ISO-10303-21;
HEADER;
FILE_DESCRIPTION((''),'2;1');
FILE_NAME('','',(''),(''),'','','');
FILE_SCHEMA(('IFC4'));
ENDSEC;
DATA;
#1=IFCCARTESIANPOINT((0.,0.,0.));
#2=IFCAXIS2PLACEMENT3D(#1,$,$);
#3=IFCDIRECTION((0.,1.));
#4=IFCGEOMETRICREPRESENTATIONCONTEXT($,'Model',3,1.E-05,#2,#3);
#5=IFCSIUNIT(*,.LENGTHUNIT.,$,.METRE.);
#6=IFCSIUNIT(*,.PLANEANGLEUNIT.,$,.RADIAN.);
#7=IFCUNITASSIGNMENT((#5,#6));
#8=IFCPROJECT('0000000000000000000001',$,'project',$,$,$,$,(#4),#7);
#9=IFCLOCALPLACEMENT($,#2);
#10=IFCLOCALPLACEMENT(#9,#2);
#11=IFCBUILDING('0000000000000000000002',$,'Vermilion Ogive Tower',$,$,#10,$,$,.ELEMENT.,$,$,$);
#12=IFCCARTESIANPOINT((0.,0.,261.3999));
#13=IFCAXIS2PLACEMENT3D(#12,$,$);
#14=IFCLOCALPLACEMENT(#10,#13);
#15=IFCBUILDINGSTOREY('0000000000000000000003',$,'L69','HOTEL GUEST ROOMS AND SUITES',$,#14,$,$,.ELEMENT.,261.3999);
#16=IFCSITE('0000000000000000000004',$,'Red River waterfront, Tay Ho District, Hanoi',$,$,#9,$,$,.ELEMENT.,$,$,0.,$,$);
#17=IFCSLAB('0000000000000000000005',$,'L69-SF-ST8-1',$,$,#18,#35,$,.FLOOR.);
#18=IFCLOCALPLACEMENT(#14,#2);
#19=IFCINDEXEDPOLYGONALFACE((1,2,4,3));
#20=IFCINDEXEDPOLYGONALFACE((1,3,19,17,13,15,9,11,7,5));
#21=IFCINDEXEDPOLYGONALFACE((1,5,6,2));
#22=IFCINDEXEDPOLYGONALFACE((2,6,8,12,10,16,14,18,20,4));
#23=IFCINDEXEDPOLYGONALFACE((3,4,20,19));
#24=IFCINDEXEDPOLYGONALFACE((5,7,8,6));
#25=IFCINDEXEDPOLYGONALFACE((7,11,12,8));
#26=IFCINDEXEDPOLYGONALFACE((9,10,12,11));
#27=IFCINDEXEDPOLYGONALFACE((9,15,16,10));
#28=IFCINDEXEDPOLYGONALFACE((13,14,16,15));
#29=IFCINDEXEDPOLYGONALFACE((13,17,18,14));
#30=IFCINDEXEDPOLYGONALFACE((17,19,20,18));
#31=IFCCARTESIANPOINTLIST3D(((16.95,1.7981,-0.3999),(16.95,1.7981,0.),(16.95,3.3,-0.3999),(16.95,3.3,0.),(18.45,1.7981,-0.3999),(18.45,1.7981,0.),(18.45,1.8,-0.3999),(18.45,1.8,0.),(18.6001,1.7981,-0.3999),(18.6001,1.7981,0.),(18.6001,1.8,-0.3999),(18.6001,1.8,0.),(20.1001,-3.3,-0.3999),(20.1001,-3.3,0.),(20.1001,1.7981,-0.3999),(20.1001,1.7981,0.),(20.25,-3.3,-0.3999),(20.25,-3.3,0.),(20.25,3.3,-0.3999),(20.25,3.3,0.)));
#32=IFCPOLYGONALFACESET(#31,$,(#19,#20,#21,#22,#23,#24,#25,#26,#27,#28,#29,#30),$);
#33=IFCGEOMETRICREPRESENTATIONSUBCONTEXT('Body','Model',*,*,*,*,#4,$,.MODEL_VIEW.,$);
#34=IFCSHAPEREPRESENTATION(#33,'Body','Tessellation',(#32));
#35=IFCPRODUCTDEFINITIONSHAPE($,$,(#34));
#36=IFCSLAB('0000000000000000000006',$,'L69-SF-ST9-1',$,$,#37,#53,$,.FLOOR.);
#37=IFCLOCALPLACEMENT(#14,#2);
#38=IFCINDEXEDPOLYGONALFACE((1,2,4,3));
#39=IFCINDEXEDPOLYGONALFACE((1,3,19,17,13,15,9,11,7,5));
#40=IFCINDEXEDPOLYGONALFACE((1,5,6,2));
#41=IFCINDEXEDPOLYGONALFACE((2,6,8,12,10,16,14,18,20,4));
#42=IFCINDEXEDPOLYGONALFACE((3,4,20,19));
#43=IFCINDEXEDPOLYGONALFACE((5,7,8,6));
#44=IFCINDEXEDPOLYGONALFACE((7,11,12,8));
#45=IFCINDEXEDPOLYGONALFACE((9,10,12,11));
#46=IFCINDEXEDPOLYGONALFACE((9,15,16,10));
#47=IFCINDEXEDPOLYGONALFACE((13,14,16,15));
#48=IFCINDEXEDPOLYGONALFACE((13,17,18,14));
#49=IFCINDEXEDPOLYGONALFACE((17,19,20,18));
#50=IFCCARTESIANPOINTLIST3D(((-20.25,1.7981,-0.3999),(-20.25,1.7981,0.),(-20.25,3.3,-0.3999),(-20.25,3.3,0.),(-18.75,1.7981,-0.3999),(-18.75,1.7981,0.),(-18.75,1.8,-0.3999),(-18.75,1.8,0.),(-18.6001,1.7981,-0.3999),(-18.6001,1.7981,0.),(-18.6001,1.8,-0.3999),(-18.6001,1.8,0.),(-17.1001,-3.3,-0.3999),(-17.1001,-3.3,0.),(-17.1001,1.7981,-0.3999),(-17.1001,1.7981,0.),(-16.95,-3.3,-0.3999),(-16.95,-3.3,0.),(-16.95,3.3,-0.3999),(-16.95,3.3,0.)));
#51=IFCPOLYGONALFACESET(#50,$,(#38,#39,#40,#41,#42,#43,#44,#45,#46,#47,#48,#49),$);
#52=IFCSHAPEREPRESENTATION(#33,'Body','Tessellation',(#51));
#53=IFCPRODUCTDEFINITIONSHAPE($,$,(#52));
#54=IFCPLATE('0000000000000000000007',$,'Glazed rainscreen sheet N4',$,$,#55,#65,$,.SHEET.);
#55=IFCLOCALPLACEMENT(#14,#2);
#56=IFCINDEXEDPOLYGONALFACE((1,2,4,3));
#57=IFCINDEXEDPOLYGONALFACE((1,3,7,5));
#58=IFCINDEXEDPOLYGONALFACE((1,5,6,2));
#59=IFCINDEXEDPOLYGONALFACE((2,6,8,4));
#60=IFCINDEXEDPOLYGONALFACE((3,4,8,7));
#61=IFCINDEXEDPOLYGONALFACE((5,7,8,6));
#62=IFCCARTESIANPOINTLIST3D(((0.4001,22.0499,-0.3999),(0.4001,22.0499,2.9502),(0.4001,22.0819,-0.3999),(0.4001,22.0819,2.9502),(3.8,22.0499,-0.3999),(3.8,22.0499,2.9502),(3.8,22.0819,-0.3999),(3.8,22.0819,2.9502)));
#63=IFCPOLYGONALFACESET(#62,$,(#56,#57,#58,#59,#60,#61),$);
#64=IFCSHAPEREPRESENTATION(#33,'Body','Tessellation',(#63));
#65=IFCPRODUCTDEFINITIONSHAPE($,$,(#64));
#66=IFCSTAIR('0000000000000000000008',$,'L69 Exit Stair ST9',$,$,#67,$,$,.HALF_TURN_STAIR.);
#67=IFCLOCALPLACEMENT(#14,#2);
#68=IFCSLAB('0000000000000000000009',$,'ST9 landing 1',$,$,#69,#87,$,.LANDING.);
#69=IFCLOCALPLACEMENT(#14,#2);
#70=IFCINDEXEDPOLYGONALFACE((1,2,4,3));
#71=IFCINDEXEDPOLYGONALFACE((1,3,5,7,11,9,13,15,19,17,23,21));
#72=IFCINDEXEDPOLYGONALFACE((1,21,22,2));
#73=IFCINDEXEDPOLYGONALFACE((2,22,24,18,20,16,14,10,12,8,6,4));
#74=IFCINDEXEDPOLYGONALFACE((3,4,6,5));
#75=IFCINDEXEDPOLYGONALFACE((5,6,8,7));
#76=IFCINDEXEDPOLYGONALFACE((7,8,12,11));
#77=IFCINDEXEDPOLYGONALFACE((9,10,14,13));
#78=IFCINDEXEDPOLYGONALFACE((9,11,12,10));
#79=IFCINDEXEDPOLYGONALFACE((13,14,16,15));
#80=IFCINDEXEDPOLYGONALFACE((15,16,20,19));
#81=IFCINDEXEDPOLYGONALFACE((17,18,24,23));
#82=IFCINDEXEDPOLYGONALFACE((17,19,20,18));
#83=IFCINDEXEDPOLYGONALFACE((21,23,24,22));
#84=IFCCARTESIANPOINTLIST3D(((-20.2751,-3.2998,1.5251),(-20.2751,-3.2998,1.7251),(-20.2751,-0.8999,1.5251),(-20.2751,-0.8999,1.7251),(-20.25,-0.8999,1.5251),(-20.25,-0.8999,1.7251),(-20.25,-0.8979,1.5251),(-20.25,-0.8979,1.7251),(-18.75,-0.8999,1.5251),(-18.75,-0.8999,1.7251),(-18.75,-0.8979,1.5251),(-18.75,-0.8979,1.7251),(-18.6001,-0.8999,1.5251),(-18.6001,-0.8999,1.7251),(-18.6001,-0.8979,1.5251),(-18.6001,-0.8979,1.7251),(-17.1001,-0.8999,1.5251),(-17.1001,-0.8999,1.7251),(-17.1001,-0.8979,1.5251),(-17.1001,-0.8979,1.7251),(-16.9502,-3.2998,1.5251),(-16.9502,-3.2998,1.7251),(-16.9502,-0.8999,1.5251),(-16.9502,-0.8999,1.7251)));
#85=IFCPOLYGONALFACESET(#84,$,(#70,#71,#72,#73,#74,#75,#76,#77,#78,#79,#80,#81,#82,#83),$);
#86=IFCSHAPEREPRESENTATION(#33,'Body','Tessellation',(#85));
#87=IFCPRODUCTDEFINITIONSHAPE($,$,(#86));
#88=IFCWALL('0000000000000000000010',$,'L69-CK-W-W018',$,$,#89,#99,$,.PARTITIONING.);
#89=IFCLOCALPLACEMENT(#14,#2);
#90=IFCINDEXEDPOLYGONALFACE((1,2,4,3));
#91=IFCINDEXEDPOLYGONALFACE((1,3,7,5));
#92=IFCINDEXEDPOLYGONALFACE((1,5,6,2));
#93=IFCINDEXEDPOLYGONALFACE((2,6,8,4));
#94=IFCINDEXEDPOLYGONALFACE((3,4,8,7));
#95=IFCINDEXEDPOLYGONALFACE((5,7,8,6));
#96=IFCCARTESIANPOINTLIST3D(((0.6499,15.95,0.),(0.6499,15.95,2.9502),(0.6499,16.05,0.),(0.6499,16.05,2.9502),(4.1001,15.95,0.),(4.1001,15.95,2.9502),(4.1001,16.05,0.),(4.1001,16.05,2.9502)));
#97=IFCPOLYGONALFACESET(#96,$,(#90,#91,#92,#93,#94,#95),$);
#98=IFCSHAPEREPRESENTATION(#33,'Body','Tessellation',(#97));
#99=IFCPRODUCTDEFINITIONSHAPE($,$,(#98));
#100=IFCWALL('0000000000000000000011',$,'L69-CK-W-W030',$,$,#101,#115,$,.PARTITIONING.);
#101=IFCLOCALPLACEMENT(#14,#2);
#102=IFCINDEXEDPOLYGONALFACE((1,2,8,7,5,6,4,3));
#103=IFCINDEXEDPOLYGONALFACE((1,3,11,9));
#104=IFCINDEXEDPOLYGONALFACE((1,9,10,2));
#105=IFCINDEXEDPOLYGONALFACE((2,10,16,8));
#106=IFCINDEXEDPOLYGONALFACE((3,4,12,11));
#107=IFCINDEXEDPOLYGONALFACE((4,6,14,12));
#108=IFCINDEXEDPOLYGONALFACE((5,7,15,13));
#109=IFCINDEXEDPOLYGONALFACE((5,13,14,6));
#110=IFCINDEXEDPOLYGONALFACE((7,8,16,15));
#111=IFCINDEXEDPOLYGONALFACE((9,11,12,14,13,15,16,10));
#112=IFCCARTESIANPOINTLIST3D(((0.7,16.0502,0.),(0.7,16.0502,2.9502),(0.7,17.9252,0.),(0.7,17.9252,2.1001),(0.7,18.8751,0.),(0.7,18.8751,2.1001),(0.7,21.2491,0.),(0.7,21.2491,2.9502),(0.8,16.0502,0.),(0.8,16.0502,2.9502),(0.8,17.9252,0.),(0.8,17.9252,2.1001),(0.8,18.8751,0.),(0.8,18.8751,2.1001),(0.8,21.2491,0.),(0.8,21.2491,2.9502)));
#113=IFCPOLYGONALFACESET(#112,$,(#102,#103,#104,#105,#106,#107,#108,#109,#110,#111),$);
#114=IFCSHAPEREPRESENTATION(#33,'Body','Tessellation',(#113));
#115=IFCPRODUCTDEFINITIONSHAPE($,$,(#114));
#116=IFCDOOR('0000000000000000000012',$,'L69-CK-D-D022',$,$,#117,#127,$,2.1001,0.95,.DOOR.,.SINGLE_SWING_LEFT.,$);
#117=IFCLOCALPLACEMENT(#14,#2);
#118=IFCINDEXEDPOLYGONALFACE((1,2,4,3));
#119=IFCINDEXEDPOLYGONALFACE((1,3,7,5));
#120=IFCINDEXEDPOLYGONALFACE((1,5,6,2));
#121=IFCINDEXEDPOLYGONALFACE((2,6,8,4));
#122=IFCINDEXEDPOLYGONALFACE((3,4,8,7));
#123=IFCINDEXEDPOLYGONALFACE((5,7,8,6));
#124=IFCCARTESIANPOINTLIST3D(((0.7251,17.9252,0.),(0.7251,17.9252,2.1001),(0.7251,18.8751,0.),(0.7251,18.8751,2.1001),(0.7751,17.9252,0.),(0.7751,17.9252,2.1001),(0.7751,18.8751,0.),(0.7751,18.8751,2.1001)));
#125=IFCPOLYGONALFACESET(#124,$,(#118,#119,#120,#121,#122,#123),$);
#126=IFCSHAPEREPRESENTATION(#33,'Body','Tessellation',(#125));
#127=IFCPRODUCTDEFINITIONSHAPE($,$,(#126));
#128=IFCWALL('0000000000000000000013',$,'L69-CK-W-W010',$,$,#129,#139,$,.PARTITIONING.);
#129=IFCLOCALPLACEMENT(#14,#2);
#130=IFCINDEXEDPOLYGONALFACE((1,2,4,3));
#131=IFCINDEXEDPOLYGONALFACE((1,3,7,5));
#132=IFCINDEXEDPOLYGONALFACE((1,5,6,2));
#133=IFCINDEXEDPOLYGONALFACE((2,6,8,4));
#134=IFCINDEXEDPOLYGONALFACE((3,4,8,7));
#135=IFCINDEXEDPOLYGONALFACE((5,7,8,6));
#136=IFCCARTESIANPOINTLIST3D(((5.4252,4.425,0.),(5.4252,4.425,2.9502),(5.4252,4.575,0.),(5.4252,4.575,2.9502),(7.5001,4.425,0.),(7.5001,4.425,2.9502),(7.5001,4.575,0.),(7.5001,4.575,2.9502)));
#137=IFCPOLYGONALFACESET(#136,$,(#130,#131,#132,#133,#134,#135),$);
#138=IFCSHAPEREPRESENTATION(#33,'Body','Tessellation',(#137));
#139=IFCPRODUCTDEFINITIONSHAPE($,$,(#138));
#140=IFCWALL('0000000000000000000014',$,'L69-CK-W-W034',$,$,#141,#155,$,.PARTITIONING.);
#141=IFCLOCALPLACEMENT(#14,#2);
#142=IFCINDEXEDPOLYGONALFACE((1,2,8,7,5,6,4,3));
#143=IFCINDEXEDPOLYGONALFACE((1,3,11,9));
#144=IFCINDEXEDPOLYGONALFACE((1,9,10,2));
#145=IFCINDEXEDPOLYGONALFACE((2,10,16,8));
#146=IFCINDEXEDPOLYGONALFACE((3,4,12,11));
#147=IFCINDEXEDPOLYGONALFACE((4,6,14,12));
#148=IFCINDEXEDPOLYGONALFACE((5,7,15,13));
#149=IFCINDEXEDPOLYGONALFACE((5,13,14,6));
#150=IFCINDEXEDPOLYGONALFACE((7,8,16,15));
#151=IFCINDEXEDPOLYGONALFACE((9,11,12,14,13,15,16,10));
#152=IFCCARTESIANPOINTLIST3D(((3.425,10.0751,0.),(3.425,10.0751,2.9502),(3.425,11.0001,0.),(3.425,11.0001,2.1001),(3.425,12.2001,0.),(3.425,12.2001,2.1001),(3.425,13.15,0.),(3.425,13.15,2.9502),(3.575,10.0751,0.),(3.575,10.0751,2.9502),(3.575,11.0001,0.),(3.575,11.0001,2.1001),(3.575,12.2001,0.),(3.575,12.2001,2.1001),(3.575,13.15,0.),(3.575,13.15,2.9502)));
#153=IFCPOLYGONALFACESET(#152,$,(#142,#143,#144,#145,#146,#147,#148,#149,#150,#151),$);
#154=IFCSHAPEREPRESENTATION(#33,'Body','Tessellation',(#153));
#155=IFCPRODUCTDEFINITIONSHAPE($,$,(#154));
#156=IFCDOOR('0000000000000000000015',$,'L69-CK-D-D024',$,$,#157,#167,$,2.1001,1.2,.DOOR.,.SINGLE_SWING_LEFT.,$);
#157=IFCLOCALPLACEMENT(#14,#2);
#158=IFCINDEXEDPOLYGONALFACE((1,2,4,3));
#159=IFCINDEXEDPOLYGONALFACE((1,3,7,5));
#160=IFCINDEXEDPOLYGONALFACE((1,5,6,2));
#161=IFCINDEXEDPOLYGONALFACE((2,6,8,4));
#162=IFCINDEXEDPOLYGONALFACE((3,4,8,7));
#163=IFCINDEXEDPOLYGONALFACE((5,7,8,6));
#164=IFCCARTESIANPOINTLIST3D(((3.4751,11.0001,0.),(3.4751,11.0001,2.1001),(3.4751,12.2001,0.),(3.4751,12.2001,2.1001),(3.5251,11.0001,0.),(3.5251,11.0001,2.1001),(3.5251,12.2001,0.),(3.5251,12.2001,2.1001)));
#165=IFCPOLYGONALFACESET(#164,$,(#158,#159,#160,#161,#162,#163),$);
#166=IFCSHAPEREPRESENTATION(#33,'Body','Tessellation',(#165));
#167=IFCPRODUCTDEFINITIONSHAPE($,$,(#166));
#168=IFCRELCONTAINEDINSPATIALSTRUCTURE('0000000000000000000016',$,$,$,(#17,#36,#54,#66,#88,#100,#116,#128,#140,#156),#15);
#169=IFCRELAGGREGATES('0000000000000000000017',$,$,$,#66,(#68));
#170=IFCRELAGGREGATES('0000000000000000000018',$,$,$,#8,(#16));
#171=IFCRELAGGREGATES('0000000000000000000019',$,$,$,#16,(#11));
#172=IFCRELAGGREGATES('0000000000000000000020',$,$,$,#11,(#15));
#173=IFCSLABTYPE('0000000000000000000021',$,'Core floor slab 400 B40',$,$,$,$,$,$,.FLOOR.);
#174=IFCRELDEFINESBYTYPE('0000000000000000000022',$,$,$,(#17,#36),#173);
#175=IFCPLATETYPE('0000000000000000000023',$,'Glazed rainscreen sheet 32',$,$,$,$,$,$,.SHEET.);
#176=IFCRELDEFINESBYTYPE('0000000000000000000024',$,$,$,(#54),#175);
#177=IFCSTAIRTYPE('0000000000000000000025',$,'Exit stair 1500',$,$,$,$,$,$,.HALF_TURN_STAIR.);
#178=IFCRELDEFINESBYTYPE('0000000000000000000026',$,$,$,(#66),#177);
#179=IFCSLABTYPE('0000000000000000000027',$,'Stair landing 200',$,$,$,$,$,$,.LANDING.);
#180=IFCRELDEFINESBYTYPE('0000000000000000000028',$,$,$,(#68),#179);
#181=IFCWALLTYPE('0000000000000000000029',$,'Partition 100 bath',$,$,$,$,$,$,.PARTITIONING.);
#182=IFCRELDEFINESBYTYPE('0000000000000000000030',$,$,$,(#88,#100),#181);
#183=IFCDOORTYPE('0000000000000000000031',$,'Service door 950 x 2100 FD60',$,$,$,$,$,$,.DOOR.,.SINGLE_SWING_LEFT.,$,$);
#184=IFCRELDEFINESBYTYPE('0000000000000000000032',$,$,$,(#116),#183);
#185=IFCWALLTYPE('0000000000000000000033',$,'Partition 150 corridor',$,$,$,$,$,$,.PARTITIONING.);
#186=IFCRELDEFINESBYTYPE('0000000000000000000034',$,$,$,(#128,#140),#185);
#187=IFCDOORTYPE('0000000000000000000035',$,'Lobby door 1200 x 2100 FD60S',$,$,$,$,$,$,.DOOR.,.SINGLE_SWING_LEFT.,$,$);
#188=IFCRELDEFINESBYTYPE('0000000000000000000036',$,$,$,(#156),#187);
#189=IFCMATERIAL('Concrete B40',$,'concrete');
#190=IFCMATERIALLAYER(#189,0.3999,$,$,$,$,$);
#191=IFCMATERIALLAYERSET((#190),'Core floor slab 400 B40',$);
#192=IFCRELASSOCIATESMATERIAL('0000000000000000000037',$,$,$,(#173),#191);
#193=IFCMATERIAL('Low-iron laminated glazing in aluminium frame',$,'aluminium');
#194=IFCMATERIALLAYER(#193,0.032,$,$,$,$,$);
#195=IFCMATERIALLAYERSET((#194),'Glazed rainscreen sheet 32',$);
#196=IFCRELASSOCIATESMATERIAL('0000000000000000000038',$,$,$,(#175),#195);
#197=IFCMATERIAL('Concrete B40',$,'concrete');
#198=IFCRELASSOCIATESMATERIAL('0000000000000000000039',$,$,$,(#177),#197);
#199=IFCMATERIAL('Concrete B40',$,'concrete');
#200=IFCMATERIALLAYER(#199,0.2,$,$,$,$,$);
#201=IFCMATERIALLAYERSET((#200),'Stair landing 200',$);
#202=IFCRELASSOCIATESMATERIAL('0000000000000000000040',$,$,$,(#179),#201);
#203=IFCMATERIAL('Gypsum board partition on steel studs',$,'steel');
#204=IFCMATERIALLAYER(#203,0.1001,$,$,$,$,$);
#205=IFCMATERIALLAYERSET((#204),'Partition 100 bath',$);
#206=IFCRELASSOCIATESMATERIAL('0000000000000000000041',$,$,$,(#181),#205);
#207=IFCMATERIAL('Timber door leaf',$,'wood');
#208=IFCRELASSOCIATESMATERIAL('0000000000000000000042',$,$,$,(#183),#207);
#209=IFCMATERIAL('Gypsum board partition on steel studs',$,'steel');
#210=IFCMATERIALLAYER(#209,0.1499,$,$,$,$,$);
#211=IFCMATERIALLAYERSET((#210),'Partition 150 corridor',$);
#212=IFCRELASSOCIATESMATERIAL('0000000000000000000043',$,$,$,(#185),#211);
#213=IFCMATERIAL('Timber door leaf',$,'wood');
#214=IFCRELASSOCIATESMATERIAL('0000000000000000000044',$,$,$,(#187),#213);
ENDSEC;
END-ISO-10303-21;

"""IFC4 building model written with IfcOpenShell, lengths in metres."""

from ifc_helpers import new_model, si_unit, direction, frame, frame_2d, origin, origin_2d, place, context, subcontext, project, spatial, polyline, rectangle, outline, extrude, material, layer, layer_set, type_object, element, fill, aggregate, save


model = new_model("IFC4")

# Units and contexts
model_context = context("Model", 3, precision=1e-05, world=origin(), true_north=direction((0.0, 1.0)))
body_context = subcontext(model_context, "Body", "Model", "MODEL_VIEW")
ifc_project = project(units=[si_unit("LENGTHUNIT", "METRE"), si_unit("PLANEANGLEUNIT", "RADIAN")], contexts=[model_context])

# Site, building, storey
site_placement = place(None, origin())
site = spatial("IfcSite", under=ifc_project, at=site_placement, Name="Red River waterfront, Tay Ho District, Hanoi", CompositionType="ELEMENT", RefElevation=0.0)
building_placement = place(site_placement, origin())
building = spatial("IfcBuilding", under=site, at=building_placement, Name="Vermilion Ogive Tower", CompositionType="ELEMENT")
storey_placement = place(building_placement, frame((0.0, 0.0, 261.3999)))
storey = spatial("IfcBuildingStorey", under=building, at=storey_placement, Name="L69", Description="HOTEL GUEST ROOMS AND SUITES", CompositionType="ELEMENT", Elevation=261.3999)

# Slabs
ifc_material_1 = material(Name="Concrete B40", Category="concrete")
ifc_layer_1 = layer(ifc_material_1, 0.3999)
ifc_layer_set_1 = layer_set([ifc_layer_1], Name="Core floor slab 400 B40")
slab_type_1 = type_object("IfcSlabType", Name="Core floor slab 400 B40", PredefinedType="FLOOR", material=ifc_layer_set_1)
slab_1_placement = place(storey_placement, frame((0.0, 0.0, -0.3999)))
element("IfcSlab", 1, at=slab_1_placement, inside=storey, type_object=slab_type_1, Name="L69-SF-ST8-1", PredefinedType="FLOOR", context=body_context, shape_type="SweptSolid", body=[
    extrude(outline(polyline([(16.95, 3.3), (16.95, 1.7981), (18.45, 1.7981), (18.45, 1.8), (18.6001, 1.8), (18.6001, 1.7981), (20.1001, 1.7981), (20.1001, -3.3), (20.25, -3.3), (20.25, 3.3), (16.95, 3.3)])), origin(), (0.0, 0.0, 1.0), 0.3999),
])
slab_2_placement = place(storey_placement, frame((0.0, 0.0, -0.3999)))
element("IfcSlab", 2, at=slab_2_placement, inside=storey, type_object=slab_type_1, Name="L69-SF-ST9-1", PredefinedType="FLOOR", context=body_context, shape_type="SweptSolid", body=[
    extrude(outline(polyline([(-20.25, 3.3), (-20.25, 1.7981), (-18.75, 1.7981), (-18.75, 1.8), (-18.6001, 1.8), (-18.6001, 1.7981), (-17.1001, 1.7981), (-17.1001, -3.3), (-16.95, -3.3), (-16.95, 3.3), (-20.25, 3.3)])), origin(), (0.0, 0.0, 1.0), 0.3999),
])

# Plate
ifc_material_2 = material(Name="Low-iron laminated glazing in aluminium frame", Category="aluminium")
ifc_layer_2 = layer(ifc_material_2, 0.032)
ifc_layer_set_2 = layer_set([ifc_layer_2], Name="Glazed rainscreen sheet 32")
plate_type = type_object("IfcPlateType", Name="Glazed rainscreen sheet 32", PredefinedType="SHEET", material=ifc_layer_set_2)
plate_placement = place(storey_placement, frame((2.1001, 22.0659, -0.3999), z_axis=(0.0, 0.0, 1.0), x_axis=(1.0, 0.0, 0.0)))
element("IfcPlate", 3, at=plate_placement, inside=storey, type_object=plate_type, Name="Glazed rainscreen sheet N4", PredefinedType="SHEET", context=body_context, shape_type="SweptSolid", body=[
    extrude(rectangle(XDim=3.3999, YDim=0.032, at=origin_2d()), origin(), (0.0, 0.0, 1.0), 3.3501),
])

# Stair, slab
ifc_material_3 = material(Name="Concrete B40", Category="concrete")
stair_type = type_object("IfcStairType", Name="Exit stair 1500", PredefinedType="HALF_TURN_STAIR", material=ifc_material_3)
stair_1_placement = place(storey_placement, origin())
stair_1 = element("IfcStair", 4, at=stair_1_placement, inside=storey, type_object=stair_type, Name="L69 Exit Stair ST9", PredefinedType="HALF_TURN_STAIR")
ifc_material_4 = material(Name="Concrete B40", Category="concrete")
ifc_layer_3 = layer(ifc_material_4, 0.2)
ifc_layer_set_3 = layer_set([ifc_layer_3], Name="Stair landing 200")
slab_type_2 = type_object("IfcSlabType", Name="Stair landing 200", PredefinedType="LANDING", material=ifc_layer_set_3)
slab_3_placement = place(storey_placement, frame((0.0, 0.0, 1.5251)))
slab_3 = element("IfcSlab", 5, at=slab_3_placement, type_object=slab_type_2, Name="ST9 landing 1", PredefinedType="LANDING", context=body_context, shape_type="SweptSolid", body=[
    extrude(outline(polyline([(-16.9502, -0.8999), (-17.1001, -0.8999), (-17.1001, -0.8979), (-18.6001, -0.8979), (-18.6001, -0.8999), (-18.75, -0.8999), (-18.75, -0.8979), (-20.25, -0.8979), (-20.25, -0.8999), (-20.2751, -0.8999), (-20.2751, -3.2998), (-16.9502, -3.2998), (-16.9502, -0.8999)])), origin(), (0.0, 0.0, 1.0), 0.2),
])
aggregate(stair_1, [slab_3])

# Wall
ifc_material_5 = material(Name="Gypsum board partition on steel studs", Category="steel")
ifc_layer_4 = layer(ifc_material_5, 0.1001)
ifc_layer_set_4 = layer_set([ifc_layer_4], Name="Partition 100 bath")
wall_type_1 = type_object("IfcWallType", Name="Partition 100 bath", PredefinedType="PARTITIONING", material=ifc_layer_set_4)
wall_1_placement = place(storey_placement, frame((0.6499, 16.0, 0.0), z_axis=(0.0, 0.0, 1.0), x_axis=(1.0, 0.0, 0.0)))
element("IfcWall", 6, at=wall_1_placement, inside=storey, type_object=wall_type_1, Name="L69-CK-W-W018", PredefinedType="PARTITIONING", context=body_context, shape_type="SweptSolid", body=[
    extrude(rectangle(XDim=3.4502, YDim=0.1001, at=frame_2d((1.7251, 0.0))), origin(), (0.0, 0.0, 1.0), 2.9502),
])

# Wall, opening, door
wall_2_placement = place(storey_placement, frame((0.75, 16.05, 0.0), z_axis=(0.0, 0.0, 1.0), x_axis=(0.0, 1.0, 0.0)))
wall_2 = element("IfcWall", 7, at=wall_2_placement, inside=storey, type_object=wall_type_1, Name="L69-CK-W-W030", PredefinedType="PARTITIONING", context=body_context, shape_type="SweptSolid", body=[
    extrude(rectangle(XDim=5.199, YDim=0.1001, at=frame_2d((2.5996, 0.0))), origin(), (0.0, 0.0, 1.0), 2.9502),
])
opening_1_placement = place(wall_2_placement, frame((1.875, 0.0, 0.0)))
opening_1 = element("IfcOpeningElement", 8, at=opening_1_placement, cuts=wall_2, PredefinedType="OPENING", context=body_context, shape_type="SweptSolid", body=[
    extrude(rectangle(XDim=0.95, YDim=2.1001, at=frame_2d((0.4751, 1.05))), frame((0.0, 0.0601, 0.0), z_axis=(0.0, -1.0, 0.0), x_axis=(1.0, 0.0, 0.0)), (0.0, 0.0, 1.0), 0.1201),
])
ifc_material_6 = material(Name="Timber door leaf", Category="wood")
door_type_1 = type_object("IfcDoorType", Name="Service door 950 x 2100 FD60", OperationType="SINGLE_SWING_LEFT", PredefinedType="DOOR", material=ifc_material_6)
door_1_placement = place(opening_1_placement, origin())
door_1 = element("IfcDoor", 9, at=door_1_placement, inside=storey, type_object=door_type_1, Name="L69-CK-D-D022", OperationType="SINGLE_SWING_LEFT", OverallHeight=2.1001, OverallWidth=0.95, PredefinedType="DOOR", context=body_context, shape_type="SweptSolid", body=[
    extrude(rectangle(XDim=0.95, YDim=2.1001, at=frame_2d((0.4751, 1.05))), frame((0.0, 0.0249, 0.0), z_axis=(0.0, -1.0, 0.0), x_axis=(1.0, 0.0, 0.0)), (0.0, 0.0, 1.0), 0.05),
])
fill(opening_1, door_1)

# Wall
ifc_material_7 = material(Name="Gypsum board partition on steel studs", Category="steel")
ifc_layer_5 = layer(ifc_material_7, 0.1499)
ifc_layer_set_5 = layer_set([ifc_layer_5], Name="Partition 150 corridor")
wall_type_2 = type_object("IfcWallType", Name="Partition 150 corridor", PredefinedType="PARTITIONING", material=ifc_layer_set_5)
wall_3_placement = place(storey_placement, frame((5.425, 4.5, 0.0), z_axis=(0.0, 0.0, 1.0), x_axis=(1.0, 0.0, 0.0)))
element("IfcWall", 10, at=wall_3_placement, inside=storey, type_object=wall_type_2, Name="L69-CK-W-W010", PredefinedType="PARTITIONING", context=body_context, shape_type="SweptSolid", body=[
    extrude(rectangle(XDim=2.075, YDim=0.1499, at=frame_2d((1.0376, 0.0))), origin(), (0.0, 0.0, 1.0), 2.9502),
])

# Wall, opening, door
wall_4_placement = place(storey_placement, frame((3.5, 10.075, 0.0), z_axis=(0.0, 0.0, 1.0), x_axis=(0.0, 1.0, 0.0)))
wall_4 = element("IfcWall", 11, at=wall_4_placement, inside=storey, type_object=wall_type_2, Name="L69-CK-W-W034", PredefinedType="PARTITIONING", context=body_context, shape_type="SweptSolid", body=[
    extrude(rectangle(XDim=3.075, YDim=0.1499, at=frame_2d((1.5376, 0.0))), origin(), (0.0, 0.0, 1.0), 2.9502),
])
opening_2_placement = place(wall_4_placement, frame((0.925, 0.0, 0.0)))
opening_2 = element("IfcOpeningElement", 12, at=opening_2_placement, cuts=wall_4, PredefinedType="OPENING", context=body_context, shape_type="SweptSolid", body=[
    extrude(rectangle(XDim=1.2, YDim=2.1001, at=frame_2d((0.6001, 1.05))), frame((0.0, 0.085, 0.0), z_axis=(0.0, -1.0, 0.0), x_axis=(1.0, 0.0, 0.0)), (0.0, 0.0, 1.0), 0.1699),
])
ifc_material_8 = material(Name="Timber door leaf", Category="wood")
door_type_2 = type_object("IfcDoorType", Name="Lobby door 1200 x 2100 FD60S", OperationType="SINGLE_SWING_LEFT", PredefinedType="DOOR", material=ifc_material_8)
door_2_placement = place(opening_2_placement, origin())
door_2 = element("IfcDoor", 13, at=door_2_placement, inside=storey, type_object=door_type_2, Name="L69-CK-D-D024", OperationType="SINGLE_SWING_LEFT", OverallHeight=2.1001, OverallWidth=1.2, PredefinedType="DOOR", context=body_context, shape_type="SweptSolid", body=[
    extrude(rectangle(XDim=1.2, YDim=2.1001, at=frame_2d((0.6001, 1.05))), frame((0.0, 0.0249, 0.0), z_axis=(0.0, -1.0, 0.0), x_axis=(1.0, 0.0, 0.0)), (0.0, 0.0, 1.0), 0.05),
])
fill(opening_2, door_2)

save(model, "model.ifc")
